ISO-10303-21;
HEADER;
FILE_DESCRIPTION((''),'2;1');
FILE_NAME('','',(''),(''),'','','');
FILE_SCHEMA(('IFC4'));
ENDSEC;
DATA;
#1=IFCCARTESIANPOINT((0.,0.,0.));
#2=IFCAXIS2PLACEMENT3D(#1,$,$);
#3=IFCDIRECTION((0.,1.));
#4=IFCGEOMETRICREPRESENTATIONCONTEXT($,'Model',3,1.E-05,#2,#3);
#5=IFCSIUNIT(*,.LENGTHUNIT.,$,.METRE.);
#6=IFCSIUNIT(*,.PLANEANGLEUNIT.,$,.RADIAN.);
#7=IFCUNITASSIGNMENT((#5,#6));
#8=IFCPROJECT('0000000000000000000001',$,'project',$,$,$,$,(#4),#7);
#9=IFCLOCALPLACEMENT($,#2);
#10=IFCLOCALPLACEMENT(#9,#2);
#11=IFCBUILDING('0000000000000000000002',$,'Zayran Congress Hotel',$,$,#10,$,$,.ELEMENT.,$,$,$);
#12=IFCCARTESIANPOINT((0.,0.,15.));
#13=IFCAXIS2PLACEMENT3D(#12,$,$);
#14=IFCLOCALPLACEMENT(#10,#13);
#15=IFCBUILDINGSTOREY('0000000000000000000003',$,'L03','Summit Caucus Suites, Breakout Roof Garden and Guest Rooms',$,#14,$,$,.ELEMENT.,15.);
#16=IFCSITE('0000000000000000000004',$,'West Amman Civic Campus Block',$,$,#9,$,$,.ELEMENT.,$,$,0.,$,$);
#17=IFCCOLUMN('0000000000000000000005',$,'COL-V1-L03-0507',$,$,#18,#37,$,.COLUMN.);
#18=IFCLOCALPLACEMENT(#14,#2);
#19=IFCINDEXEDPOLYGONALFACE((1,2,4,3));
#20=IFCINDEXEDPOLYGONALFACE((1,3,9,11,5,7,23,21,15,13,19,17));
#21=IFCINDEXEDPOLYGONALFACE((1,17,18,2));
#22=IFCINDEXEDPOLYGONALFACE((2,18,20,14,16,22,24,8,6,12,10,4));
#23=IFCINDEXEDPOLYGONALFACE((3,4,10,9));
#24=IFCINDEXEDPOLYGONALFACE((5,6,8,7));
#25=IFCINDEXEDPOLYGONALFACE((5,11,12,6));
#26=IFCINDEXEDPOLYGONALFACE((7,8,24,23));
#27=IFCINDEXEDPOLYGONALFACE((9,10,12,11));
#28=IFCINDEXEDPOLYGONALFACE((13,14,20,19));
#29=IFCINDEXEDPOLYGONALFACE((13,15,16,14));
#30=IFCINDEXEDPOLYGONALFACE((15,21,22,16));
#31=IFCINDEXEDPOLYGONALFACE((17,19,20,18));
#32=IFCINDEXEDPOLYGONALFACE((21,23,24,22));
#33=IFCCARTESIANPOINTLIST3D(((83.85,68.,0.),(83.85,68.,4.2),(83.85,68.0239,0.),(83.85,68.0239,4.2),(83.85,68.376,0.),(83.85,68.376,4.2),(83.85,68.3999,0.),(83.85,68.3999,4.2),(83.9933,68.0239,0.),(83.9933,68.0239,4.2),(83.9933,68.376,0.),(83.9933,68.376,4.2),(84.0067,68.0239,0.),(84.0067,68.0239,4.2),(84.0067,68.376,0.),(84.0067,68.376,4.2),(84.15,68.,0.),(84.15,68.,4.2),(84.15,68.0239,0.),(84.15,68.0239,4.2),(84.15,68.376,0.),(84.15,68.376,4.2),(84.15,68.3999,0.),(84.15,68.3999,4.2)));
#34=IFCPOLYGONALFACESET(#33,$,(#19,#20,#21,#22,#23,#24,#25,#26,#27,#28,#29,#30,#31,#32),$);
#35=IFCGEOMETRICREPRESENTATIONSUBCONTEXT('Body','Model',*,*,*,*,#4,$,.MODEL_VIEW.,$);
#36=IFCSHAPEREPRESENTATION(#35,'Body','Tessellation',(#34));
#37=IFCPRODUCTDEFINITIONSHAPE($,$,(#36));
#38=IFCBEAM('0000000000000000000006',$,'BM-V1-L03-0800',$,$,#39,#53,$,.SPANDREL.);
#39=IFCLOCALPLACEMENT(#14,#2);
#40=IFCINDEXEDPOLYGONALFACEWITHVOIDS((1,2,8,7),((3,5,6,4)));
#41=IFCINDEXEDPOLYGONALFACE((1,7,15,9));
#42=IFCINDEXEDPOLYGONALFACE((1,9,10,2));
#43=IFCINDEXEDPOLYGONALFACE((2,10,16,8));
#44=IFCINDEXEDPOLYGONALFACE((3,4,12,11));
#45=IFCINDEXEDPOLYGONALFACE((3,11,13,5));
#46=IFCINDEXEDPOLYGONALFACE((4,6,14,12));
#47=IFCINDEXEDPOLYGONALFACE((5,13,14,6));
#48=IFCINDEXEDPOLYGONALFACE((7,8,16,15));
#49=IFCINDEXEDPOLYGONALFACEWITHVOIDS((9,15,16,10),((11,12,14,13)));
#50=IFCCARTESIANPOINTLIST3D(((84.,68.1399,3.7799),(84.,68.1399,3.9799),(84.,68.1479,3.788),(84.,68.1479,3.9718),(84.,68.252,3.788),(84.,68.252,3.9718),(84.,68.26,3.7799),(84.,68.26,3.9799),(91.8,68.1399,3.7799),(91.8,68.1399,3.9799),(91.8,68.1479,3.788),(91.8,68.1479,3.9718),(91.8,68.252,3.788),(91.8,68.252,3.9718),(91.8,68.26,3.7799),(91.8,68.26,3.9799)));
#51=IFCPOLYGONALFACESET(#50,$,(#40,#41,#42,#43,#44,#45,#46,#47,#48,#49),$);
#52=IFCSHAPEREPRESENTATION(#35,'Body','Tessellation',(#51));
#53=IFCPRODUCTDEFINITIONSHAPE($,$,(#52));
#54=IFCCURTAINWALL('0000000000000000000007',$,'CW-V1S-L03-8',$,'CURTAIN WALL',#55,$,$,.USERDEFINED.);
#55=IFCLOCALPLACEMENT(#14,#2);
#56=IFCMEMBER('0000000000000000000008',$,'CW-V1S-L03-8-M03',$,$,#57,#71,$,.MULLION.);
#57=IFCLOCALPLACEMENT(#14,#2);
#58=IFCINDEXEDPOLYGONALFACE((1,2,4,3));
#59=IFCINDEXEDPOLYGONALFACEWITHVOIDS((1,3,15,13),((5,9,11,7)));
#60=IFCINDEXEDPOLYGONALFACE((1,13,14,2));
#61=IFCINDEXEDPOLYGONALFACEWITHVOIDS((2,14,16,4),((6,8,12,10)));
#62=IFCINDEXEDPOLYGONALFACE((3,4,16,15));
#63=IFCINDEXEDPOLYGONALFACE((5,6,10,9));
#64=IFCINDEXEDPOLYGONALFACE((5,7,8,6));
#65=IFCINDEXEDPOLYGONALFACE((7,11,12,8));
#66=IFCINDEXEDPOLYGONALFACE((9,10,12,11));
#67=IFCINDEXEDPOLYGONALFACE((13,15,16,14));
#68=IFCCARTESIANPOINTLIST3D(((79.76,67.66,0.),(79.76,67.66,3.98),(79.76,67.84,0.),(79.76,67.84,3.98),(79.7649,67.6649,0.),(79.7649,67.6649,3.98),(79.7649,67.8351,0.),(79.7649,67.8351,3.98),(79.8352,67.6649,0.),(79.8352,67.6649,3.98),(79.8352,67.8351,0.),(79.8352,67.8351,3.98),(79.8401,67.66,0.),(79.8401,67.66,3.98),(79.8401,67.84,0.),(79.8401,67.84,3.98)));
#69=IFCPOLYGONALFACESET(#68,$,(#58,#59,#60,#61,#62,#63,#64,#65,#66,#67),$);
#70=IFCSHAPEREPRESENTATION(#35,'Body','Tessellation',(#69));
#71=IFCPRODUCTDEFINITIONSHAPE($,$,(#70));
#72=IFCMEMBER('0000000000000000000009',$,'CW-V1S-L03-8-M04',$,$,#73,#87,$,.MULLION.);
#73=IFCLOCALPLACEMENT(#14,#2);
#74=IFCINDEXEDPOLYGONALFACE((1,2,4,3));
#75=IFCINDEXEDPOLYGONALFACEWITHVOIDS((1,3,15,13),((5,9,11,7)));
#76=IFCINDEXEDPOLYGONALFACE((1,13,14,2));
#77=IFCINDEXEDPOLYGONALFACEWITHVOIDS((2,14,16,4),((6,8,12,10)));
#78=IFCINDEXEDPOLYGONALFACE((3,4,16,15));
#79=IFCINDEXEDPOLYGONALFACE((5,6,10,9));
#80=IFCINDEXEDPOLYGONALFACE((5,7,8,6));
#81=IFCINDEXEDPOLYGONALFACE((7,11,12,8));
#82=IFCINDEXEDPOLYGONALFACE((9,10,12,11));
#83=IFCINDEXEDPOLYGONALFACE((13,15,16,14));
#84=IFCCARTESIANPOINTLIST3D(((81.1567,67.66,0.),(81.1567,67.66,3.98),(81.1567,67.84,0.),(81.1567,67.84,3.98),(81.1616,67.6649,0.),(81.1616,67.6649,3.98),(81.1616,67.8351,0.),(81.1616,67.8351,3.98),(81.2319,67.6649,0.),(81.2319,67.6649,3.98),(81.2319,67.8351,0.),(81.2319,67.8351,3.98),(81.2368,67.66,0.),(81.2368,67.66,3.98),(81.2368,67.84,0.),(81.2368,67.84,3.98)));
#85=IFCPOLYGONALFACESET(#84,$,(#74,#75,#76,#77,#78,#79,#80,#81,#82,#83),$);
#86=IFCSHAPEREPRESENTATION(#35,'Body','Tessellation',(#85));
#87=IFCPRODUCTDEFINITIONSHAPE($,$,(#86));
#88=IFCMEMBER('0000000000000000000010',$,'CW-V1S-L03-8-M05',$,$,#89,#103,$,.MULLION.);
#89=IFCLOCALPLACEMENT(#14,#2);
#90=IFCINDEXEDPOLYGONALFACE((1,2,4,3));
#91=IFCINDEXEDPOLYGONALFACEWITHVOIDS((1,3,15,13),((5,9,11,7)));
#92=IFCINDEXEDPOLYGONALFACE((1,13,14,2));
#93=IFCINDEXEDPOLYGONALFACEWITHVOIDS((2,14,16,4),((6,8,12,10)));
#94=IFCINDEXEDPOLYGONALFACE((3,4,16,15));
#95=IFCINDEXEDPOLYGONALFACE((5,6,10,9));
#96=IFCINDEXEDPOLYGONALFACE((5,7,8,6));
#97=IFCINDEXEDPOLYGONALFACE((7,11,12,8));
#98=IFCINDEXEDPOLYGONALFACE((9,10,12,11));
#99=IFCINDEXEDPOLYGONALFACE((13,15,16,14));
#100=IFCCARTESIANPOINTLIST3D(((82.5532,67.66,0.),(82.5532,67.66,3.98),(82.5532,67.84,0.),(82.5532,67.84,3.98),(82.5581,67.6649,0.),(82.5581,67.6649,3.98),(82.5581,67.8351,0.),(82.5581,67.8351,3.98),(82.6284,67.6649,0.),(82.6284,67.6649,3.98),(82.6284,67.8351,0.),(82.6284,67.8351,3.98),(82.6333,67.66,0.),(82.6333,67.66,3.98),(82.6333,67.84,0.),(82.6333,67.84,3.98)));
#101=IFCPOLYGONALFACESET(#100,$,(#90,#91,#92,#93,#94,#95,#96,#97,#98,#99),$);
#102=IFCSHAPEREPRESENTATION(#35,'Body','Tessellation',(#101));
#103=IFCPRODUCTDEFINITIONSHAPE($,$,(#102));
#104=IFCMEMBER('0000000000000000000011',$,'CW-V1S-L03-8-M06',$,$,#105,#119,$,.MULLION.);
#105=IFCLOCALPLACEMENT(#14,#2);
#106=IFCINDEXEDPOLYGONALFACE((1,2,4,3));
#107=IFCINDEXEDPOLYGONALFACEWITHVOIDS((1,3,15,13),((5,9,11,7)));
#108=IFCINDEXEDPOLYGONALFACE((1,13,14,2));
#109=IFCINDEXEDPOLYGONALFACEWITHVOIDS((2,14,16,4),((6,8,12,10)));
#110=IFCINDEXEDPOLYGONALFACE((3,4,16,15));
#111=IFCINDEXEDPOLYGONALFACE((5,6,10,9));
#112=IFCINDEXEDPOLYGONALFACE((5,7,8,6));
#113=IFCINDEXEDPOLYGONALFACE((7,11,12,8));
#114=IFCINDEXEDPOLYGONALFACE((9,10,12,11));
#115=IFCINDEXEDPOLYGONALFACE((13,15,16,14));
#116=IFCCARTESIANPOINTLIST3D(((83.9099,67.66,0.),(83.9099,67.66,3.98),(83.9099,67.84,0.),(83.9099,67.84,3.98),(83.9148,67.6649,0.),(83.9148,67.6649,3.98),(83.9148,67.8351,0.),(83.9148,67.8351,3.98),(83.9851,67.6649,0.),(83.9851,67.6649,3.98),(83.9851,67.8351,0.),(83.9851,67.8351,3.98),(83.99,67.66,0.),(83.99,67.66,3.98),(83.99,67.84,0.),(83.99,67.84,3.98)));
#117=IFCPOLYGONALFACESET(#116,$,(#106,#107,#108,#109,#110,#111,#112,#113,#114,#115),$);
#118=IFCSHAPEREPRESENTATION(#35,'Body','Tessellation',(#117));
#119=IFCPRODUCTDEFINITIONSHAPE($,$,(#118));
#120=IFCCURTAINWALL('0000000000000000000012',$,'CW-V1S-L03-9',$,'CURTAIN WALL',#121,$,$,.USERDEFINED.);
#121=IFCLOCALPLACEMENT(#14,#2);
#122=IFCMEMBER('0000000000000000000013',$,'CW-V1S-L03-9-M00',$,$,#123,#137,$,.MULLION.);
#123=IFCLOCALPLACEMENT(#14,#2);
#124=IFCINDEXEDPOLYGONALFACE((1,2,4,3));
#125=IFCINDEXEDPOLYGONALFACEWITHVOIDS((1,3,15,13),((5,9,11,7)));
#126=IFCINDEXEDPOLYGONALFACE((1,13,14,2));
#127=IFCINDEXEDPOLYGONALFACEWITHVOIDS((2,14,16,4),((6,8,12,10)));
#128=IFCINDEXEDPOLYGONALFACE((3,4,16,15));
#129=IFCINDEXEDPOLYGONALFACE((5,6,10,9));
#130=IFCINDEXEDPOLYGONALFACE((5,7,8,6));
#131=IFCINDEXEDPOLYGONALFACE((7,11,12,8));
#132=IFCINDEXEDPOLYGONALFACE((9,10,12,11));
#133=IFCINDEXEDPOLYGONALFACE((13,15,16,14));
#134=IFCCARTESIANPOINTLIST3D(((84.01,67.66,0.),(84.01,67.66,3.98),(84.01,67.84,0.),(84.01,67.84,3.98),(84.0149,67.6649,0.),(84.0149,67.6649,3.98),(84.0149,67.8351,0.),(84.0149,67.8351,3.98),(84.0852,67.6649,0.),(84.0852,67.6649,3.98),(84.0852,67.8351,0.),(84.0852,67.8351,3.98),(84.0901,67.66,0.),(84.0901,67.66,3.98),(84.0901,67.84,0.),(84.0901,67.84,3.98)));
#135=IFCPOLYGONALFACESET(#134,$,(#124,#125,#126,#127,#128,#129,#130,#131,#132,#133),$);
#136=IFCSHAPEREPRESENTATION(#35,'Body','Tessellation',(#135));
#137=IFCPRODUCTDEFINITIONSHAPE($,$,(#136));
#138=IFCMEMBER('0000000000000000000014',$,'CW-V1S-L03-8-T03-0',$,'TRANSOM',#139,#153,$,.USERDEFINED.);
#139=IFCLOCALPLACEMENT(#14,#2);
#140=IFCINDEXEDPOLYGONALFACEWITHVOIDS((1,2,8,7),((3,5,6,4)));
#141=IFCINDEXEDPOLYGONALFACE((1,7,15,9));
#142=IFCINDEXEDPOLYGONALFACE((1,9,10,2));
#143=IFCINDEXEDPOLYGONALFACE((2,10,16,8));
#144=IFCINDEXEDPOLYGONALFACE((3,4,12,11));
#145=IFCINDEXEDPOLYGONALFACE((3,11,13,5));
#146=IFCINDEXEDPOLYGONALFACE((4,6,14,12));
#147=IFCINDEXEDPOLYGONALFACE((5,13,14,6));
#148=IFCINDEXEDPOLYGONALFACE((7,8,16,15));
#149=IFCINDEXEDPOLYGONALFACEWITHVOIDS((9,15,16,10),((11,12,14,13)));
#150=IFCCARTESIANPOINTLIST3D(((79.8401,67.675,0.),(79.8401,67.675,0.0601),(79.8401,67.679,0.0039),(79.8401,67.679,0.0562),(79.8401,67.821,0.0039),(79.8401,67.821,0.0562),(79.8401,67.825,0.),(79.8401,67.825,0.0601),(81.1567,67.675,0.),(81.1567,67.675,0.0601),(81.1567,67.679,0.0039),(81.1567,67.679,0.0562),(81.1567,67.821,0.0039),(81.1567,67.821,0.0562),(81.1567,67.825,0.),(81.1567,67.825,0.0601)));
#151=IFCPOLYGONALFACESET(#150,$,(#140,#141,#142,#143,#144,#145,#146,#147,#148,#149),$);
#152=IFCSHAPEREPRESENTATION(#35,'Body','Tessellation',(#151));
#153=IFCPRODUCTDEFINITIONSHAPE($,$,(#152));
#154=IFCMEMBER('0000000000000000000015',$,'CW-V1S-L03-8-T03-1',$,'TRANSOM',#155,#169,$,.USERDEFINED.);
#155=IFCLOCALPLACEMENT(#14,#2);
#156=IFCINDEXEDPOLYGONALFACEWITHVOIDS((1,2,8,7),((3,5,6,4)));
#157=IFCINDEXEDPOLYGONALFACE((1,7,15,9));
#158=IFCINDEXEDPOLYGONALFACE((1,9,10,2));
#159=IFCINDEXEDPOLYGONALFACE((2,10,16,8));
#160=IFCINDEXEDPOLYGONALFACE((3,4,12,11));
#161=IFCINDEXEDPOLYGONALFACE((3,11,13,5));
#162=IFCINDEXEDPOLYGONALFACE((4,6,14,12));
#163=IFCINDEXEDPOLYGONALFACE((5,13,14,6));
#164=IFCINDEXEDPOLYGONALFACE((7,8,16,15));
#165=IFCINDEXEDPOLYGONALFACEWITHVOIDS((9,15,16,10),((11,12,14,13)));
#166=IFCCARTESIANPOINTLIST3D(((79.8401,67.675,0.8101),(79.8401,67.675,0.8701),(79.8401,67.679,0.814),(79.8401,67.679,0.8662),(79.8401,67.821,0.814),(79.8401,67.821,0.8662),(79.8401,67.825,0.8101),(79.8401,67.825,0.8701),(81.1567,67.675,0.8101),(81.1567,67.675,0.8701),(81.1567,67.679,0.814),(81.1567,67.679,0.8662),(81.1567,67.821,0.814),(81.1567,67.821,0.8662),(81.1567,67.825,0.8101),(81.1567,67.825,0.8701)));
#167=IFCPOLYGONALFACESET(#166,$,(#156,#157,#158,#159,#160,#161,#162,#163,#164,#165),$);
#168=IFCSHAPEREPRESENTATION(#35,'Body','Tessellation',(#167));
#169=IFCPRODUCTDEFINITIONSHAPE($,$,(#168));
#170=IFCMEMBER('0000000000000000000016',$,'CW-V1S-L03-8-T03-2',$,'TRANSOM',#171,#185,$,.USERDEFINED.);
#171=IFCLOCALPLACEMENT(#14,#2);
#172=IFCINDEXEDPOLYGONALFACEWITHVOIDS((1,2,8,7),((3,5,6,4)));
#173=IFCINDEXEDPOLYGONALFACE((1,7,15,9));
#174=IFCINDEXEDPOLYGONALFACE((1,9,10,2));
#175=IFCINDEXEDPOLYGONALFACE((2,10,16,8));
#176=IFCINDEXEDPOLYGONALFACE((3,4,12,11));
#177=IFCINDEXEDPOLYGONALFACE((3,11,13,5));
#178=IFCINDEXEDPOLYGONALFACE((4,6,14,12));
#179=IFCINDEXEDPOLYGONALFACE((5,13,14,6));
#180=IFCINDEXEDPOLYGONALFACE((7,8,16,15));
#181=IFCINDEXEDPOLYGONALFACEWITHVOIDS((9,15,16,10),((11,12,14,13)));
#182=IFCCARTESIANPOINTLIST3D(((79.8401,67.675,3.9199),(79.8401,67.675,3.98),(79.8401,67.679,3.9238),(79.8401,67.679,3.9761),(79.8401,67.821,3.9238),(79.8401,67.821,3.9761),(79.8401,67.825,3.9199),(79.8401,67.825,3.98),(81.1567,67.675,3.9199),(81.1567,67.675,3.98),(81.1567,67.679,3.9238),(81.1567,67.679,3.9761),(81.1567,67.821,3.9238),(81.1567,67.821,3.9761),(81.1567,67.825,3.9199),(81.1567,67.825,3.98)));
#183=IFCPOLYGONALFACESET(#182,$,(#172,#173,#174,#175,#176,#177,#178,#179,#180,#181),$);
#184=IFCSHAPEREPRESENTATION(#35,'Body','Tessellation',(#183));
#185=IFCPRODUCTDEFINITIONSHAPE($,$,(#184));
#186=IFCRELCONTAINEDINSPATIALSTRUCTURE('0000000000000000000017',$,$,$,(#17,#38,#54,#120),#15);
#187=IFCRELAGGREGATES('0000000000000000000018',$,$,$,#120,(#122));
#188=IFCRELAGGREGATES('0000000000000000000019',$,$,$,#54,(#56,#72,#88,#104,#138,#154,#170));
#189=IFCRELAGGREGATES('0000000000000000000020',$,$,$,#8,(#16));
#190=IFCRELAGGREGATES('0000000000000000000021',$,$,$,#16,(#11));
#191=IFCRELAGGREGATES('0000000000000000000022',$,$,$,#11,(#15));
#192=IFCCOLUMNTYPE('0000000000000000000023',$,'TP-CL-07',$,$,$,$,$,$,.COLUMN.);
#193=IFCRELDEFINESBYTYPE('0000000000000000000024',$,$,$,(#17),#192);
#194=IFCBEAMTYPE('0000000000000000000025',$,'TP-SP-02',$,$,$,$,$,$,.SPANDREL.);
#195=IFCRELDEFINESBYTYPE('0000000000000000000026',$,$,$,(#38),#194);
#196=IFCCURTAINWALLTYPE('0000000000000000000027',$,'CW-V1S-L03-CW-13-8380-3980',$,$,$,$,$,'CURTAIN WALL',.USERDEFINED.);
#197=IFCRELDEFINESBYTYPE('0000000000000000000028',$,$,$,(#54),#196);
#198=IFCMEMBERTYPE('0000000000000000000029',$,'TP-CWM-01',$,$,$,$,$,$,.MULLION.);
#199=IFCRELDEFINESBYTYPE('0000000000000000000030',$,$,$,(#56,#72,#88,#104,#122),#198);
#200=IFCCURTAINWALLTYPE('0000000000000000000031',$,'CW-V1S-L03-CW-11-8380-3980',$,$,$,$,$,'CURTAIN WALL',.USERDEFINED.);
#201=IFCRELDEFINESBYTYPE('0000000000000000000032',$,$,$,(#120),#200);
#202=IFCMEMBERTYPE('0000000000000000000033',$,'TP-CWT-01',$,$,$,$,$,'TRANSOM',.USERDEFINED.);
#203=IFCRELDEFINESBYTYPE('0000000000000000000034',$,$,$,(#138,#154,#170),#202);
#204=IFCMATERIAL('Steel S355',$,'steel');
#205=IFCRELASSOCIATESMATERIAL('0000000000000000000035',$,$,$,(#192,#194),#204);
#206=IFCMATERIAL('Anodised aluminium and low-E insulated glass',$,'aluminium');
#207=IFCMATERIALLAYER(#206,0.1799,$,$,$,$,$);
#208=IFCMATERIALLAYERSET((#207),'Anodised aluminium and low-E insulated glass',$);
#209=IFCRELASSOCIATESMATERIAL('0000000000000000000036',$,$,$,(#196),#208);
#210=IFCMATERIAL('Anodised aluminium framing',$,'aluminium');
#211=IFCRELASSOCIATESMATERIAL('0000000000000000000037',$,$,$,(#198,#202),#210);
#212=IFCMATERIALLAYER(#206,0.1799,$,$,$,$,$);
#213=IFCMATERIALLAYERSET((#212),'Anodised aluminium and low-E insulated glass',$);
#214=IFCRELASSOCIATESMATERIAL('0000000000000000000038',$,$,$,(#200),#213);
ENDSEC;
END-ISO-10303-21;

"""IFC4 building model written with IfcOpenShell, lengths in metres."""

from ifc_helpers import new_model, si_unit, direction, frame, origin, origin_2d, place, context, subcontext, project, spatial, hollow_rectangle, i_section, extrude, material, layer, layer_set, material_profile, profile_set, type_object, element, aggregate, save


model = new_model("IFC4")

# Units and contexts
model_context = context("Model", 3, precision=1e-05, world=origin(), true_north=direction((0.0, 1.0)))
body_context = subcontext(model_context, "Body", "Model", "MODEL_VIEW")
ifc_project = project(units=[si_unit("LENGTHUNIT", "METRE"), si_unit("PLANEANGLEUNIT", "RADIAN")], contexts=[model_context])

# Site, building, storey
site_placement = place(None, origin())
site = spatial("IfcSite", under=ifc_project, at=site_placement, Name="West Amman Civic Campus Block", CompositionType="ELEMENT", RefElevation=0.0)
building_placement = place(site_placement, origin())
building = spatial("IfcBuilding", under=site, at=building_placement, Name="Zayran Congress Hotel", CompositionType="ELEMENT")
storey_placement = place(building_placement, frame((0.0, 0.0, 15.0)))
storey = spatial("IfcBuildingStorey", under=building, at=storey_placement, Name="L03", Description="Summit Caucus Suites, Breakout Roof Garden and Guest Rooms", CompositionType="ELEMENT", Elevation=15.0)

# Column
ifc_material_1 = material(Name="Steel S355", Category="steel")
ifc_material_profile_1 = material_profile(ifc_material_1, i_section(OverallWidth=0.3, OverallDepth=0.3999, WebThickness=0.0134, FlangeThickness=0.0239, at=origin_2d()), Name="HEB 400")
ifc_profile_set_1 = profile_set([ifc_material_profile_1], Name="Steel S355")
column_type = type_object("IfcColumnType", Name="TP-CL-07", PredefinedType="COLUMN", material=ifc_profile_set_1)
column_placement = place(storey_placement, frame((84.0, 68.2, 0.0), z_axis=(0.0, 0.0, 1.0), x_axis=(1.0, 0.0, 0.0)))
element("IfcColumn", 1, at=column_placement, inside=storey, type_object=column_type, Name="COL-V1-L03-0507", PredefinedType="COLUMN", context=body_context, shape_type="SweptSolid", body=[
    extrude(i_section(OverallWidth=0.3, OverallDepth=0.3999, WebThickness=0.0134, FlangeThickness=0.0239, at=origin_2d()), origin(), (0.0, 0.0, 1.0), 4.2),
])

# Beam
ifc_material_profile_2 = material_profile(ifc_material_1, hollow_rectangle(XDim=0.1201, YDim=0.2, WallThickness=0.0081, at=origin_2d()), Name="RHS 200x120x8")
ifc_profile_set_2 = profile_set([ifc_material_profile_2], Name="Steel S355")
beam_type = type_object("IfcBeamType", Name="TP-SP-02", PredefinedType="SPANDREL", material=ifc_profile_set_2)
beam_placement = place(storey_placement, frame((84.0, 68.2, 3.8799), z_axis=(1.0, 0.0, 0.0), x_axis=(0.0, 1.0, 0.0)))
element("IfcBeam", 2, at=beam_placement, inside=storey, type_object=beam_type, Name="BM-V1-L03-0800", PredefinedType="SPANDREL", context=body_context, shape_type="SweptSolid", body=[
    extrude(hollow_rectangle(XDim=0.1201, YDim=0.2, WallThickness=0.0081, at=origin_2d()), origin(), (0.0, 0.0, 1.0), 7.8),
])

# Curtain wall, members
ifc_material_2 = material(Name="Anodised aluminium and low-E insulated glass", Category="aluminium")
ifc_layer_1 = layer(ifc_material_2, 0.1799)
ifc_layer_set_1 = layer_set([ifc_layer_1], Name="Anodised aluminium and low-E insulated glass")
curtain_wall_type_1 = type_object("IfcCurtainWallType", Name="CW-V1S-L03-CW-13-8380-3980", ElementType="CURTAIN WALL", PredefinedType="USERDEFINED", material=ifc_layer_set_1)
curtain_wall_1_placement = place(storey_placement, origin())
curtain_wall_1 = element("IfcCurtainWall", 3, at=curtain_wall_1_placement, inside=storey, type_object=curtain_wall_type_1, Name="CW-V1S-L03-8", ObjectType="CURTAIN WALL", PredefinedType="USERDEFINED")
ifc_material_3 = material(Name="Anodised aluminium framing", Category="aluminium")
ifc_material_profile_3 = material_profile(ifc_material_3, hollow_rectangle(XDim=0.0801, YDim=0.1799, WallThickness=0.0049, at=origin_2d()), Name="RHS 180x80x5")
ifc_profile_set_3 = profile_set([ifc_material_profile_3], Name="Anodised aluminium framing")
member_type_1 = type_object("IfcMemberType", Name="TP-CWM-01", PredefinedType="MULLION", material=ifc_profile_set_3)
member_1_placement = place(storey_placement, frame((79.8, 67.75, 0.0), z_axis=(0.0, 0.0, 1.0), x_axis=(1.0, 0.0, 0.0)))
member_1 = element("IfcMember", 4, at=member_1_placement, type_object=member_type_1, Name="CW-V1S-L03-8-M03", PredefinedType="MULLION", context=body_context, shape_type="SweptSolid", body=[
    extrude(hollow_rectangle(XDim=0.0801, YDim=0.1799, WallThickness=0.0049, at=origin_2d()), origin(), (0.0, 0.0, 1.0), 3.98),
])
member_2_placement = place(storey_placement, frame((81.1968, 67.75, 0.0), z_axis=(0.0, 0.0, 1.0), x_axis=(1.0, 0.0, 0.0)))
member_2 = element("IfcMember", 5, at=member_2_placement, type_object=member_type_1, Name="CW-V1S-L03-8-M04", PredefinedType="MULLION", context=body_context, shape_type="SweptSolid", body=[
    extrude(hollow_rectangle(XDim=0.0801, YDim=0.1799, WallThickness=0.0049, at=origin_2d()), origin(), (0.0, 0.0, 1.0), 3.98),
])
member_3_placement = place(storey_placement, frame((82.5933, 67.75, 0.0), z_axis=(0.0, 0.0, 1.0), x_axis=(1.0, 0.0, 0.0)))
member_3 = element("IfcMember", 6, at=member_3_placement, type_object=member_type_1, Name="CW-V1S-L03-8-M05", PredefinedType="MULLION", context=body_context, shape_type="SweptSolid", body=[
    extrude(hollow_rectangle(XDim=0.0801, YDim=0.1799, WallThickness=0.0049, at=origin_2d()), origin(), (0.0, 0.0, 1.0), 3.98),
])
member_4_placement = place(storey_placement, frame((83.95, 67.75, 0.0), z_axis=(0.0, 0.0, 1.0), x_axis=(1.0, 0.0, 0.0)))
member_4 = element("IfcMember", 7, at=member_4_placement, type_object=member_type_1, Name="CW-V1S-L03-8-M06", PredefinedType="MULLION", context=body_context, shape_type="SweptSolid", body=[
    extrude(hollow_rectangle(XDim=0.0801, YDim=0.1799, WallThickness=0.0049, at=origin_2d()), origin(), (0.0, 0.0, 1.0), 3.98),
])

# Curtain wall, member
ifc_layer_2 = layer(ifc_material_2, 0.1799)
ifc_layer_set_2 = layer_set([ifc_layer_2], Name="Anodised aluminium and low-E insulated glass")
curtain_wall_type_2 = type_object("IfcCurtainWallType", Name="CW-V1S-L03-CW-11-8380-3980", ElementType="CURTAIN WALL", PredefinedType="USERDEFINED", material=ifc_layer_set_2)
curtain_wall_2_placement = place(storey_placement, origin())
curtain_wall_2 = element("IfcCurtainWall", 8, at=curtain_wall_2_placement, inside=storey, type_object=curtain_wall_type_2, Name="CW-V1S-L03-9", ObjectType="CURTAIN WALL", PredefinedType="USERDEFINED")
member_5_placement = place(storey_placement, frame((84.05, 67.75, 0.0), z_axis=(0.0, 0.0, 1.0), x_axis=(1.0, 0.0, 0.0)))
member_5 = element("IfcMember", 9, at=member_5_placement, type_object=member_type_1, Name="CW-V1S-L03-9-M00", PredefinedType="MULLION", context=body_context, shape_type="SweptSolid", body=[
    extrude(hollow_rectangle(XDim=0.0801, YDim=0.1799, WallThickness=0.0049, at=origin_2d()), origin(), (0.0, 0.0, 1.0), 3.98),
])

# Members
ifc_material_profile_4 = material_profile(ifc_material_3, hollow_rectangle(XDim=0.0601, YDim=0.1499, WallThickness=0.0039, at=origin_2d()), Name="RHS 150x60x4")
ifc_profile_set_4 = profile_set([ifc_material_profile_4], Name="Anodised aluminium framing")
member_type_2 = type_object("IfcMemberType", Name="TP-CWT-01", ElementType="TRANSOM", PredefinedType="USERDEFINED", material=ifc_profile_set_4)
member_6_placement = place(storey_placement, frame((79.8401, 67.75, 0.03), z_axis=(1.0, 0.0, 0.0), x_axis=(0.0, 0.0, 1.0)))
member_6 = element("IfcMember", 10, at=member_6_placement, type_object=member_type_2, Name="CW-V1S-L03-8-T03-0", ObjectType="TRANSOM", PredefinedType="USERDEFINED", context=body_context, shape_type="SweptSolid", body=[
    extrude(hollow_rectangle(XDim=0.0601, YDim=0.1499, WallThickness=0.0039, at=origin_2d()), origin(), (0.0, 0.0, 1.0), 1.3167),
])
member_7_placement = place(storey_placement, frame((79.8401, 67.75, 0.8401), z_axis=(1.0, 0.0, 0.0), x_axis=(0.0, 0.0, 1.0)))
member_7 = element("IfcMember", 11, at=member_7_placement, type_object=member_type_2, Name="CW-V1S-L03-8-T03-1", ObjectType="TRANSOM", PredefinedType="USERDEFINED", context=body_context, shape_type="SweptSolid", body=[
    extrude(hollow_rectangle(XDim=0.0601, YDim=0.1499, WallThickness=0.0039, at=origin_2d()), origin(), (0.0, 0.0, 1.0), 1.3167),
])
member_8_placement = place(storey_placement, frame((79.8401, 67.75, 3.95), z_axis=(1.0, 0.0, 0.0), x_axis=(0.0, 0.0, 1.0)))
member_8 = element("IfcMember", 12, at=member_8_placement, type_object=member_type_2, Name="CW-V1S-L03-8-T03-2", ObjectType="TRANSOM", PredefinedType="USERDEFINED", context=body_context, shape_type="SweptSolid", body=[
    extrude(hollow_rectangle(XDim=0.0601, YDim=0.1499, WallThickness=0.0039, at=origin_2d()), origin(), (0.0, 0.0, 1.0), 1.3167),
])
aggregate(curtain_wall_2, [member_5])

aggregate(curtain_wall_1, [member_1, member_2, member_3, member_4, member_6, member_7, member_8])

save(model, "model.ifc")
